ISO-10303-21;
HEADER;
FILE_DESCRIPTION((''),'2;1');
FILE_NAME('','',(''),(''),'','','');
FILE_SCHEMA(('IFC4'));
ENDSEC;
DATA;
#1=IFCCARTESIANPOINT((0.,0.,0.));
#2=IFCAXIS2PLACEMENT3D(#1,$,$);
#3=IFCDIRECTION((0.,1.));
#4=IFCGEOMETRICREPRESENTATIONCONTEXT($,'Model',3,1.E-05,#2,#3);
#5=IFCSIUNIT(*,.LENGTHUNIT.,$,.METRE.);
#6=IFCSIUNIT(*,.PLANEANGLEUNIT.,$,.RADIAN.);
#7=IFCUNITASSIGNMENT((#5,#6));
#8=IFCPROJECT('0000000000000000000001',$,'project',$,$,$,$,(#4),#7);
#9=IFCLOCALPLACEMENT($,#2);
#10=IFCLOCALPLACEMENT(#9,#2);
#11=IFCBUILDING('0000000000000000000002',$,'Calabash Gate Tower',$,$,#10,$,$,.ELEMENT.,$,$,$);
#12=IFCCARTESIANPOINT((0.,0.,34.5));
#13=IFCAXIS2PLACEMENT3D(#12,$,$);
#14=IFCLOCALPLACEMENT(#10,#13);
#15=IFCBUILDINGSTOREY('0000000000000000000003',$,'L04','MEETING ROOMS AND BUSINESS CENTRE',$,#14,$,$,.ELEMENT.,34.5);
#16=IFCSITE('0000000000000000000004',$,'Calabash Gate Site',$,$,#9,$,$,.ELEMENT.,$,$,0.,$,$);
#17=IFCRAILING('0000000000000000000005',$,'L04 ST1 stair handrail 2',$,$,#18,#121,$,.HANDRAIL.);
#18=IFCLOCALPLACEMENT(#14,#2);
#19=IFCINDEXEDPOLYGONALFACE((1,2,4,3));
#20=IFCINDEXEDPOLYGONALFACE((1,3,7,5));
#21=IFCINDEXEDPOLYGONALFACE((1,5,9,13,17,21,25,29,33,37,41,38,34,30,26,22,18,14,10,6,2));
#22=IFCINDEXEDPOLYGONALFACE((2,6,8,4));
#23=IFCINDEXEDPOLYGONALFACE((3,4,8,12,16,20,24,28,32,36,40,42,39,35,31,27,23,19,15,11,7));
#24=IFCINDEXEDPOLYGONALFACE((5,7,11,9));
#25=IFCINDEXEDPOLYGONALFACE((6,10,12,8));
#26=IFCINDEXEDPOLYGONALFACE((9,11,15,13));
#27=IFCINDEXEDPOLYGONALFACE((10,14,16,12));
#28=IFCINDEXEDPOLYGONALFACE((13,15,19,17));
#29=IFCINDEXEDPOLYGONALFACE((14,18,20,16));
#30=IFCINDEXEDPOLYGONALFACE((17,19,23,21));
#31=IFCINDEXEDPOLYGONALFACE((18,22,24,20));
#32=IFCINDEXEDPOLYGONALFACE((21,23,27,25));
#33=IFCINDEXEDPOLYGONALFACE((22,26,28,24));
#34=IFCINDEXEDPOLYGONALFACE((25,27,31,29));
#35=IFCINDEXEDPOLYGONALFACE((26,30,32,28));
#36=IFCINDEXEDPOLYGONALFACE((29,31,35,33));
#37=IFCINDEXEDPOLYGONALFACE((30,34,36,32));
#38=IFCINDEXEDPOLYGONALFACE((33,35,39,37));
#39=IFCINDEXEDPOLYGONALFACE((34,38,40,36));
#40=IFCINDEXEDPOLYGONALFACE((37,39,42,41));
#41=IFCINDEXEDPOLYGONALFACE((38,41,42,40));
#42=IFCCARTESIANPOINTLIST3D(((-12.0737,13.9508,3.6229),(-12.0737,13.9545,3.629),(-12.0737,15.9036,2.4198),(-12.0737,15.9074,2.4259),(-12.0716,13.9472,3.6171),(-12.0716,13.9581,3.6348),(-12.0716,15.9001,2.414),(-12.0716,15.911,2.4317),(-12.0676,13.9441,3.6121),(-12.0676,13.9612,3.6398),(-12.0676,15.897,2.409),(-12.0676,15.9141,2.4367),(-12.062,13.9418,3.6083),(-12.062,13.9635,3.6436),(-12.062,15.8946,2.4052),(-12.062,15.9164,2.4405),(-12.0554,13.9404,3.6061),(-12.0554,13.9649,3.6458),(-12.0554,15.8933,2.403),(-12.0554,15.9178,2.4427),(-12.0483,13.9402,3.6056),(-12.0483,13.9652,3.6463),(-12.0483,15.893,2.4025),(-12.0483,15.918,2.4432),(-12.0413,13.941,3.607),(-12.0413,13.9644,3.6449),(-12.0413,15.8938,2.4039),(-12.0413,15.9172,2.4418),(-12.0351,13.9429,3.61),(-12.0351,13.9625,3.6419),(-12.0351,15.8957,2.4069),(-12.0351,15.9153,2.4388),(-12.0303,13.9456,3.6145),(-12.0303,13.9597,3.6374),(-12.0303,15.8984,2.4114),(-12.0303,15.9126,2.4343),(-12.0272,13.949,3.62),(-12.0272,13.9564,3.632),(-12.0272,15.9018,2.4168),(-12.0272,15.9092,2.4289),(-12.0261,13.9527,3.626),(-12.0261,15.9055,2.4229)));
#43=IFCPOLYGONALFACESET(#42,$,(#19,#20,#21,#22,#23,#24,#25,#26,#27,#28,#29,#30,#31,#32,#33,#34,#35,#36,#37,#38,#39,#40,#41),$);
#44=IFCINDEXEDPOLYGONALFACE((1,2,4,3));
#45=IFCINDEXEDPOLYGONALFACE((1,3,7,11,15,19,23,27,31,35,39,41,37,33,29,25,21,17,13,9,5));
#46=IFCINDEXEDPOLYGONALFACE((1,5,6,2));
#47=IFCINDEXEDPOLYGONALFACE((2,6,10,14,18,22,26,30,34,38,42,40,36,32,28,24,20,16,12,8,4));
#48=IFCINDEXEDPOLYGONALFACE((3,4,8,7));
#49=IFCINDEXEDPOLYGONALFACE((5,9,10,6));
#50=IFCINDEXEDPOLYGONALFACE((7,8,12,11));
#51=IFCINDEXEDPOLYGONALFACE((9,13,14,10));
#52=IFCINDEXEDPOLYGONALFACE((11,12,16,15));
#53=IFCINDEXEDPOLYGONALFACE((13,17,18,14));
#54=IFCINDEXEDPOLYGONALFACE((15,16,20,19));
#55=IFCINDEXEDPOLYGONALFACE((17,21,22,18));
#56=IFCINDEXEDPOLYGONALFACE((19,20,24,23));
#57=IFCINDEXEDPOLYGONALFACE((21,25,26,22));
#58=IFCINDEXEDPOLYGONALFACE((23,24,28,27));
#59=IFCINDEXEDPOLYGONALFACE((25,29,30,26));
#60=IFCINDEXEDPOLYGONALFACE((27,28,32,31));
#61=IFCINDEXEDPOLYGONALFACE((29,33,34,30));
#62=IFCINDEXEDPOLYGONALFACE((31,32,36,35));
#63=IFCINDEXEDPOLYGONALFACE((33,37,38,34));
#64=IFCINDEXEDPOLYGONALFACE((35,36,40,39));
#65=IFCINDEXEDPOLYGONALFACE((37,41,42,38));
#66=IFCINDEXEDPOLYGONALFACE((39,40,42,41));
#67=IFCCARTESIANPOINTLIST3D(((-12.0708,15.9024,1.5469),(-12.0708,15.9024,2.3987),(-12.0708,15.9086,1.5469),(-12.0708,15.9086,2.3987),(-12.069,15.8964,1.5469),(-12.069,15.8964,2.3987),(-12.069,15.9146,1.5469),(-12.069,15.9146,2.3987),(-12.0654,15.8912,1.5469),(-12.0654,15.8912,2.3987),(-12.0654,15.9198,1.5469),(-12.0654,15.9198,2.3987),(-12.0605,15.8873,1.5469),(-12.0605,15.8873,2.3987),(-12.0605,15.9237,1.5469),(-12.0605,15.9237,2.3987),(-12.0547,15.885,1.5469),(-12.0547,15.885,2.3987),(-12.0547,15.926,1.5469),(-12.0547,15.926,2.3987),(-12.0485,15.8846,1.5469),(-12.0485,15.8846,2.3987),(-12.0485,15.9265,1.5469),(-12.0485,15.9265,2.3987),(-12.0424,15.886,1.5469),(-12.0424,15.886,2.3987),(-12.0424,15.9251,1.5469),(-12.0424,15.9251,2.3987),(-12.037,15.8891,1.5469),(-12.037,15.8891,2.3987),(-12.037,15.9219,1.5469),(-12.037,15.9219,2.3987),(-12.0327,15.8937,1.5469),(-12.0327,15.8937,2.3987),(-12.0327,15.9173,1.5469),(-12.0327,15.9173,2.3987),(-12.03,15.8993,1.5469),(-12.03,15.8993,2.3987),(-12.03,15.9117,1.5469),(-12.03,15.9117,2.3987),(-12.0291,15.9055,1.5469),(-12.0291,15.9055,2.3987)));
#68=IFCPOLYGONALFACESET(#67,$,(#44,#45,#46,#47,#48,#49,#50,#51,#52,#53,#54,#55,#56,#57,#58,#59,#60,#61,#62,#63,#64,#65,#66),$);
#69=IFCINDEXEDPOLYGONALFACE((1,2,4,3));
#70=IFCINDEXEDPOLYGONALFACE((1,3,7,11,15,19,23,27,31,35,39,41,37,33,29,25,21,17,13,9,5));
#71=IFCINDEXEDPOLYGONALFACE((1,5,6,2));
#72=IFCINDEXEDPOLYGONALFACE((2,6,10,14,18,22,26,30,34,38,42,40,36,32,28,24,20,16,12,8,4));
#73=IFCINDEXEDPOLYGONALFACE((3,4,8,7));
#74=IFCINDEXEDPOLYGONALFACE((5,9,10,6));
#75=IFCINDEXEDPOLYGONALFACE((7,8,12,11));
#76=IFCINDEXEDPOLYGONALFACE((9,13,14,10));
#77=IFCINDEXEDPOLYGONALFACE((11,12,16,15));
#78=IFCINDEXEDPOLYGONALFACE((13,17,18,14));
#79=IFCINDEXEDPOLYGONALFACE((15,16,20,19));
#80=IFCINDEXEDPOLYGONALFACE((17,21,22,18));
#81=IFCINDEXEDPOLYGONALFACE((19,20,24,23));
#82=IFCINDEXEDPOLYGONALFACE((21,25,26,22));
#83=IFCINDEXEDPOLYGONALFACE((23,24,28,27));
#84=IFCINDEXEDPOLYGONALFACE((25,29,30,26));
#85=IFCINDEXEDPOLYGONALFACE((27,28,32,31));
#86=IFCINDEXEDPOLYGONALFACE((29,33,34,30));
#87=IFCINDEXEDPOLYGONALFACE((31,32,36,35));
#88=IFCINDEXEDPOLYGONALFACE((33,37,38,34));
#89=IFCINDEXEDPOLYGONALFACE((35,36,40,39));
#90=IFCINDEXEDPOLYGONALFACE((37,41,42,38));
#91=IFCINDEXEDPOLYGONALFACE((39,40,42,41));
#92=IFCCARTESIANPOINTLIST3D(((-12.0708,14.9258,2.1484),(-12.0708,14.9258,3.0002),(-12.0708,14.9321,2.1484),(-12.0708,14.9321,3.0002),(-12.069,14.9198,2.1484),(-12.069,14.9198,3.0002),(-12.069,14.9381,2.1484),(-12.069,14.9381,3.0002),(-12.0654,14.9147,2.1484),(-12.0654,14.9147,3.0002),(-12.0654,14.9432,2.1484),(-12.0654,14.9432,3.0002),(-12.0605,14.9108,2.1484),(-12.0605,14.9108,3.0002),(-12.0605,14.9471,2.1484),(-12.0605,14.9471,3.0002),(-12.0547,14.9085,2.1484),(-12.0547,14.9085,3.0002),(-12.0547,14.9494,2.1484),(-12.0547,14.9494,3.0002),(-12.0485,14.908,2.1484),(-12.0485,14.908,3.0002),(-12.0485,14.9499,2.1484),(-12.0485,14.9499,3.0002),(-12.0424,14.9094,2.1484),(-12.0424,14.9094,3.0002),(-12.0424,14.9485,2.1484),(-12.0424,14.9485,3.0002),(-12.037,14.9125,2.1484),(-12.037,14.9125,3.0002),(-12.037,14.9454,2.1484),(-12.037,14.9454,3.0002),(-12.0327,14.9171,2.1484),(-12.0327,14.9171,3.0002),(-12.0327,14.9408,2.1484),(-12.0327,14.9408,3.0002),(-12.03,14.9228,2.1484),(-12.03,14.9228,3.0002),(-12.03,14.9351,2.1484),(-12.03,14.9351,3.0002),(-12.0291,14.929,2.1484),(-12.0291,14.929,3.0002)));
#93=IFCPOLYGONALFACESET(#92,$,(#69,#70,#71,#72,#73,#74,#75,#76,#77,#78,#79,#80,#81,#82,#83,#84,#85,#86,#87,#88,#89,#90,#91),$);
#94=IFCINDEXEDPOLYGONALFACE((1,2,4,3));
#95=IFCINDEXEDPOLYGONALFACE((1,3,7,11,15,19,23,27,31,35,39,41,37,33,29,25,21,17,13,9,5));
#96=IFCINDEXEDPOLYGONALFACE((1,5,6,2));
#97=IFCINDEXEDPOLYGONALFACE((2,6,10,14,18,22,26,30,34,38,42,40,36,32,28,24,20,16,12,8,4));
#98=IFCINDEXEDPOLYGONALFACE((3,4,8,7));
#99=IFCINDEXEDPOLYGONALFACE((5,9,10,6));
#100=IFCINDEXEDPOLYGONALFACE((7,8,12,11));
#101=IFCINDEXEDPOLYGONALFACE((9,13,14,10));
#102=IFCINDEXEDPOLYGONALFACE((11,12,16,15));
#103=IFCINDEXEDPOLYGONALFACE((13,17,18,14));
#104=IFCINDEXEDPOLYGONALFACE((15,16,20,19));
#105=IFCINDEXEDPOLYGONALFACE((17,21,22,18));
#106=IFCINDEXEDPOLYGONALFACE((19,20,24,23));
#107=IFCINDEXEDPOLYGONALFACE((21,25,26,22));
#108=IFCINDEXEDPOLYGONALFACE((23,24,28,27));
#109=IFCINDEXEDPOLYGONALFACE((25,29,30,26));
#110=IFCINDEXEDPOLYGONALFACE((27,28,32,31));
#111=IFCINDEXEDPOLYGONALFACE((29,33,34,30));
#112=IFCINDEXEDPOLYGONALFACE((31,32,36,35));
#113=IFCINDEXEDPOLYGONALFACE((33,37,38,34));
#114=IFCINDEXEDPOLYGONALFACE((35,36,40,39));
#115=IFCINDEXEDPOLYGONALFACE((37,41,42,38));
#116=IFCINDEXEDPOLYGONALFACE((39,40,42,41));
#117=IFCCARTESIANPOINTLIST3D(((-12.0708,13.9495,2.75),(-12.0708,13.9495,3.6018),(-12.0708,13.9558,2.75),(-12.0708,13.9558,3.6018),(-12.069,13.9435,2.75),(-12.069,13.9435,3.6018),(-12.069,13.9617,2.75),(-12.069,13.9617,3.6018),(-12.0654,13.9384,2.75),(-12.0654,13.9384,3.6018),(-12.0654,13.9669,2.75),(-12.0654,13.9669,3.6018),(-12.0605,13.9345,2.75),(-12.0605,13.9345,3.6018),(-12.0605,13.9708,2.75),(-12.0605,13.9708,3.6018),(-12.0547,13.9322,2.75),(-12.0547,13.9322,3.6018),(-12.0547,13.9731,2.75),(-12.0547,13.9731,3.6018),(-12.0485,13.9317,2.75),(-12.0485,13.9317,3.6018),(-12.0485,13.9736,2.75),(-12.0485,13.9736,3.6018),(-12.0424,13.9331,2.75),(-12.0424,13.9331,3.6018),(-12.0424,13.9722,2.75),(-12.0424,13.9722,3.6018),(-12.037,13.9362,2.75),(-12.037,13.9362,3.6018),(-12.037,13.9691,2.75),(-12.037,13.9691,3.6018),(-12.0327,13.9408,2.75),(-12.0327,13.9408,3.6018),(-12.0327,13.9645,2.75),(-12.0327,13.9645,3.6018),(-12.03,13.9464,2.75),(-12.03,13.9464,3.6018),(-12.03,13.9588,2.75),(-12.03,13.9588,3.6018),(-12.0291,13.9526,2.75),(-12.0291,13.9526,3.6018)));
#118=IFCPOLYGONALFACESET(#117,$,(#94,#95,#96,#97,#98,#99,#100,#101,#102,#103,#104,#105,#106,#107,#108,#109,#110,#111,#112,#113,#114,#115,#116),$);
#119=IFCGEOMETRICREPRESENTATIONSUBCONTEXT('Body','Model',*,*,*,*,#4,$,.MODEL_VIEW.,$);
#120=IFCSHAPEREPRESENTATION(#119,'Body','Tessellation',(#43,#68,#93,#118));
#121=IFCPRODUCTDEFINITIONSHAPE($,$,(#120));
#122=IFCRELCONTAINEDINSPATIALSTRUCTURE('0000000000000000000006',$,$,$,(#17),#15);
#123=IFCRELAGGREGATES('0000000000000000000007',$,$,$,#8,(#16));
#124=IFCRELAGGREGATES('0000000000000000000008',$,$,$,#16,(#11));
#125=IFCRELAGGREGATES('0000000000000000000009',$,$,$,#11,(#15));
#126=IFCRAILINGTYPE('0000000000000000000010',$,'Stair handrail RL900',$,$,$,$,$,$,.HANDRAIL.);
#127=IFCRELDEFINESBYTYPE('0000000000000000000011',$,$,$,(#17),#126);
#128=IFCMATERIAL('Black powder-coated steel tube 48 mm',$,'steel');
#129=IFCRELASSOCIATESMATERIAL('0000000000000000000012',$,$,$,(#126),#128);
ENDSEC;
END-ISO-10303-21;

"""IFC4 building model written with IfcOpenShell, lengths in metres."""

from ifc_helpers import new_model, si_unit, direction, frame, origin, origin_2d, place, context, subcontext, project, spatial, circle, extrude, material, type_object, element, save


model = new_model("IFC4")

# Units and contexts
model_context = context("Model", 3, precision=1e-05, world=origin(), true_north=direction((0.0, 1.0)))
body_context = subcontext(model_context, "Body", "Model", "MODEL_VIEW")
ifc_project = project(units=[si_unit("LENGTHUNIT", "METRE"), si_unit("PLANEANGLEUNIT", "RADIAN")], contexts=[model_context])

# Site, building, storey
site_placement = place(None, origin())
site = spatial("IfcSite", under=ifc_project, at=site_placement, Name="Calabash Gate Site", CompositionType="ELEMENT", RefElevation=0.0)
building_placement = place(site_placement, origin())
building = spatial("IfcBuilding", under=site, at=building_placement, Name="Calabash Gate Tower", CompositionType="ELEMENT")
storey_placement = place(building_placement, frame((0.0, 0.0, 34.5)))
storey = spatial("IfcBuildingStorey", under=building, at=storey_placement, Name="L04", Description="MEETING ROOMS AND BUSINESS CENTRE", CompositionType="ELEMENT", Elevation=34.5)

# Railing
ifc_material_1 = material(Name="Black powder-coated steel tube 48 mm", Category="steel")
railing_type_1 = type_object("IfcRailingType", Name="Stair handrail RL900", PredefinedType="HANDRAIL", material=ifc_material_1)
railing_1_placement = place(storey_placement, frame((-12.05, 15.9055, 1.5469)))
element("IfcRailing", 1, at=railing_1_placement, inside=storey, type_object=railing_type_1, Name="L04 ST1 stair handrail 2", PredefinedType="HANDRAIL", context=body_context, shape_type="SweptSolid", body=[
    extrude(circle(Radius=0.0239, at=origin_2d()), frame((0.0, 0.0, 0.876), z_axis=(0.0, -0.851395, 0.524525), x_axis=(1.0, 0.0, 0.0)), (0.0, 0.0, 1.0), 2.2937),
    extrude(circle(Radius=0.021, at=origin_2d()), origin(), (0.0, 0.0, 1.0), 0.8518),
    extrude(circle(Radius=0.021, at=origin_2d()), frame((0.0, -0.9766, 0.6016)), (0.0, 0.0, 1.0), 0.8518),
    extrude(circle(Radius=0.021, at=origin_2d()), frame((0.0, -1.9529, 1.2031)), (0.0, 0.0, 1.0), 0.8518),
])

save(model, "model.ifc")
